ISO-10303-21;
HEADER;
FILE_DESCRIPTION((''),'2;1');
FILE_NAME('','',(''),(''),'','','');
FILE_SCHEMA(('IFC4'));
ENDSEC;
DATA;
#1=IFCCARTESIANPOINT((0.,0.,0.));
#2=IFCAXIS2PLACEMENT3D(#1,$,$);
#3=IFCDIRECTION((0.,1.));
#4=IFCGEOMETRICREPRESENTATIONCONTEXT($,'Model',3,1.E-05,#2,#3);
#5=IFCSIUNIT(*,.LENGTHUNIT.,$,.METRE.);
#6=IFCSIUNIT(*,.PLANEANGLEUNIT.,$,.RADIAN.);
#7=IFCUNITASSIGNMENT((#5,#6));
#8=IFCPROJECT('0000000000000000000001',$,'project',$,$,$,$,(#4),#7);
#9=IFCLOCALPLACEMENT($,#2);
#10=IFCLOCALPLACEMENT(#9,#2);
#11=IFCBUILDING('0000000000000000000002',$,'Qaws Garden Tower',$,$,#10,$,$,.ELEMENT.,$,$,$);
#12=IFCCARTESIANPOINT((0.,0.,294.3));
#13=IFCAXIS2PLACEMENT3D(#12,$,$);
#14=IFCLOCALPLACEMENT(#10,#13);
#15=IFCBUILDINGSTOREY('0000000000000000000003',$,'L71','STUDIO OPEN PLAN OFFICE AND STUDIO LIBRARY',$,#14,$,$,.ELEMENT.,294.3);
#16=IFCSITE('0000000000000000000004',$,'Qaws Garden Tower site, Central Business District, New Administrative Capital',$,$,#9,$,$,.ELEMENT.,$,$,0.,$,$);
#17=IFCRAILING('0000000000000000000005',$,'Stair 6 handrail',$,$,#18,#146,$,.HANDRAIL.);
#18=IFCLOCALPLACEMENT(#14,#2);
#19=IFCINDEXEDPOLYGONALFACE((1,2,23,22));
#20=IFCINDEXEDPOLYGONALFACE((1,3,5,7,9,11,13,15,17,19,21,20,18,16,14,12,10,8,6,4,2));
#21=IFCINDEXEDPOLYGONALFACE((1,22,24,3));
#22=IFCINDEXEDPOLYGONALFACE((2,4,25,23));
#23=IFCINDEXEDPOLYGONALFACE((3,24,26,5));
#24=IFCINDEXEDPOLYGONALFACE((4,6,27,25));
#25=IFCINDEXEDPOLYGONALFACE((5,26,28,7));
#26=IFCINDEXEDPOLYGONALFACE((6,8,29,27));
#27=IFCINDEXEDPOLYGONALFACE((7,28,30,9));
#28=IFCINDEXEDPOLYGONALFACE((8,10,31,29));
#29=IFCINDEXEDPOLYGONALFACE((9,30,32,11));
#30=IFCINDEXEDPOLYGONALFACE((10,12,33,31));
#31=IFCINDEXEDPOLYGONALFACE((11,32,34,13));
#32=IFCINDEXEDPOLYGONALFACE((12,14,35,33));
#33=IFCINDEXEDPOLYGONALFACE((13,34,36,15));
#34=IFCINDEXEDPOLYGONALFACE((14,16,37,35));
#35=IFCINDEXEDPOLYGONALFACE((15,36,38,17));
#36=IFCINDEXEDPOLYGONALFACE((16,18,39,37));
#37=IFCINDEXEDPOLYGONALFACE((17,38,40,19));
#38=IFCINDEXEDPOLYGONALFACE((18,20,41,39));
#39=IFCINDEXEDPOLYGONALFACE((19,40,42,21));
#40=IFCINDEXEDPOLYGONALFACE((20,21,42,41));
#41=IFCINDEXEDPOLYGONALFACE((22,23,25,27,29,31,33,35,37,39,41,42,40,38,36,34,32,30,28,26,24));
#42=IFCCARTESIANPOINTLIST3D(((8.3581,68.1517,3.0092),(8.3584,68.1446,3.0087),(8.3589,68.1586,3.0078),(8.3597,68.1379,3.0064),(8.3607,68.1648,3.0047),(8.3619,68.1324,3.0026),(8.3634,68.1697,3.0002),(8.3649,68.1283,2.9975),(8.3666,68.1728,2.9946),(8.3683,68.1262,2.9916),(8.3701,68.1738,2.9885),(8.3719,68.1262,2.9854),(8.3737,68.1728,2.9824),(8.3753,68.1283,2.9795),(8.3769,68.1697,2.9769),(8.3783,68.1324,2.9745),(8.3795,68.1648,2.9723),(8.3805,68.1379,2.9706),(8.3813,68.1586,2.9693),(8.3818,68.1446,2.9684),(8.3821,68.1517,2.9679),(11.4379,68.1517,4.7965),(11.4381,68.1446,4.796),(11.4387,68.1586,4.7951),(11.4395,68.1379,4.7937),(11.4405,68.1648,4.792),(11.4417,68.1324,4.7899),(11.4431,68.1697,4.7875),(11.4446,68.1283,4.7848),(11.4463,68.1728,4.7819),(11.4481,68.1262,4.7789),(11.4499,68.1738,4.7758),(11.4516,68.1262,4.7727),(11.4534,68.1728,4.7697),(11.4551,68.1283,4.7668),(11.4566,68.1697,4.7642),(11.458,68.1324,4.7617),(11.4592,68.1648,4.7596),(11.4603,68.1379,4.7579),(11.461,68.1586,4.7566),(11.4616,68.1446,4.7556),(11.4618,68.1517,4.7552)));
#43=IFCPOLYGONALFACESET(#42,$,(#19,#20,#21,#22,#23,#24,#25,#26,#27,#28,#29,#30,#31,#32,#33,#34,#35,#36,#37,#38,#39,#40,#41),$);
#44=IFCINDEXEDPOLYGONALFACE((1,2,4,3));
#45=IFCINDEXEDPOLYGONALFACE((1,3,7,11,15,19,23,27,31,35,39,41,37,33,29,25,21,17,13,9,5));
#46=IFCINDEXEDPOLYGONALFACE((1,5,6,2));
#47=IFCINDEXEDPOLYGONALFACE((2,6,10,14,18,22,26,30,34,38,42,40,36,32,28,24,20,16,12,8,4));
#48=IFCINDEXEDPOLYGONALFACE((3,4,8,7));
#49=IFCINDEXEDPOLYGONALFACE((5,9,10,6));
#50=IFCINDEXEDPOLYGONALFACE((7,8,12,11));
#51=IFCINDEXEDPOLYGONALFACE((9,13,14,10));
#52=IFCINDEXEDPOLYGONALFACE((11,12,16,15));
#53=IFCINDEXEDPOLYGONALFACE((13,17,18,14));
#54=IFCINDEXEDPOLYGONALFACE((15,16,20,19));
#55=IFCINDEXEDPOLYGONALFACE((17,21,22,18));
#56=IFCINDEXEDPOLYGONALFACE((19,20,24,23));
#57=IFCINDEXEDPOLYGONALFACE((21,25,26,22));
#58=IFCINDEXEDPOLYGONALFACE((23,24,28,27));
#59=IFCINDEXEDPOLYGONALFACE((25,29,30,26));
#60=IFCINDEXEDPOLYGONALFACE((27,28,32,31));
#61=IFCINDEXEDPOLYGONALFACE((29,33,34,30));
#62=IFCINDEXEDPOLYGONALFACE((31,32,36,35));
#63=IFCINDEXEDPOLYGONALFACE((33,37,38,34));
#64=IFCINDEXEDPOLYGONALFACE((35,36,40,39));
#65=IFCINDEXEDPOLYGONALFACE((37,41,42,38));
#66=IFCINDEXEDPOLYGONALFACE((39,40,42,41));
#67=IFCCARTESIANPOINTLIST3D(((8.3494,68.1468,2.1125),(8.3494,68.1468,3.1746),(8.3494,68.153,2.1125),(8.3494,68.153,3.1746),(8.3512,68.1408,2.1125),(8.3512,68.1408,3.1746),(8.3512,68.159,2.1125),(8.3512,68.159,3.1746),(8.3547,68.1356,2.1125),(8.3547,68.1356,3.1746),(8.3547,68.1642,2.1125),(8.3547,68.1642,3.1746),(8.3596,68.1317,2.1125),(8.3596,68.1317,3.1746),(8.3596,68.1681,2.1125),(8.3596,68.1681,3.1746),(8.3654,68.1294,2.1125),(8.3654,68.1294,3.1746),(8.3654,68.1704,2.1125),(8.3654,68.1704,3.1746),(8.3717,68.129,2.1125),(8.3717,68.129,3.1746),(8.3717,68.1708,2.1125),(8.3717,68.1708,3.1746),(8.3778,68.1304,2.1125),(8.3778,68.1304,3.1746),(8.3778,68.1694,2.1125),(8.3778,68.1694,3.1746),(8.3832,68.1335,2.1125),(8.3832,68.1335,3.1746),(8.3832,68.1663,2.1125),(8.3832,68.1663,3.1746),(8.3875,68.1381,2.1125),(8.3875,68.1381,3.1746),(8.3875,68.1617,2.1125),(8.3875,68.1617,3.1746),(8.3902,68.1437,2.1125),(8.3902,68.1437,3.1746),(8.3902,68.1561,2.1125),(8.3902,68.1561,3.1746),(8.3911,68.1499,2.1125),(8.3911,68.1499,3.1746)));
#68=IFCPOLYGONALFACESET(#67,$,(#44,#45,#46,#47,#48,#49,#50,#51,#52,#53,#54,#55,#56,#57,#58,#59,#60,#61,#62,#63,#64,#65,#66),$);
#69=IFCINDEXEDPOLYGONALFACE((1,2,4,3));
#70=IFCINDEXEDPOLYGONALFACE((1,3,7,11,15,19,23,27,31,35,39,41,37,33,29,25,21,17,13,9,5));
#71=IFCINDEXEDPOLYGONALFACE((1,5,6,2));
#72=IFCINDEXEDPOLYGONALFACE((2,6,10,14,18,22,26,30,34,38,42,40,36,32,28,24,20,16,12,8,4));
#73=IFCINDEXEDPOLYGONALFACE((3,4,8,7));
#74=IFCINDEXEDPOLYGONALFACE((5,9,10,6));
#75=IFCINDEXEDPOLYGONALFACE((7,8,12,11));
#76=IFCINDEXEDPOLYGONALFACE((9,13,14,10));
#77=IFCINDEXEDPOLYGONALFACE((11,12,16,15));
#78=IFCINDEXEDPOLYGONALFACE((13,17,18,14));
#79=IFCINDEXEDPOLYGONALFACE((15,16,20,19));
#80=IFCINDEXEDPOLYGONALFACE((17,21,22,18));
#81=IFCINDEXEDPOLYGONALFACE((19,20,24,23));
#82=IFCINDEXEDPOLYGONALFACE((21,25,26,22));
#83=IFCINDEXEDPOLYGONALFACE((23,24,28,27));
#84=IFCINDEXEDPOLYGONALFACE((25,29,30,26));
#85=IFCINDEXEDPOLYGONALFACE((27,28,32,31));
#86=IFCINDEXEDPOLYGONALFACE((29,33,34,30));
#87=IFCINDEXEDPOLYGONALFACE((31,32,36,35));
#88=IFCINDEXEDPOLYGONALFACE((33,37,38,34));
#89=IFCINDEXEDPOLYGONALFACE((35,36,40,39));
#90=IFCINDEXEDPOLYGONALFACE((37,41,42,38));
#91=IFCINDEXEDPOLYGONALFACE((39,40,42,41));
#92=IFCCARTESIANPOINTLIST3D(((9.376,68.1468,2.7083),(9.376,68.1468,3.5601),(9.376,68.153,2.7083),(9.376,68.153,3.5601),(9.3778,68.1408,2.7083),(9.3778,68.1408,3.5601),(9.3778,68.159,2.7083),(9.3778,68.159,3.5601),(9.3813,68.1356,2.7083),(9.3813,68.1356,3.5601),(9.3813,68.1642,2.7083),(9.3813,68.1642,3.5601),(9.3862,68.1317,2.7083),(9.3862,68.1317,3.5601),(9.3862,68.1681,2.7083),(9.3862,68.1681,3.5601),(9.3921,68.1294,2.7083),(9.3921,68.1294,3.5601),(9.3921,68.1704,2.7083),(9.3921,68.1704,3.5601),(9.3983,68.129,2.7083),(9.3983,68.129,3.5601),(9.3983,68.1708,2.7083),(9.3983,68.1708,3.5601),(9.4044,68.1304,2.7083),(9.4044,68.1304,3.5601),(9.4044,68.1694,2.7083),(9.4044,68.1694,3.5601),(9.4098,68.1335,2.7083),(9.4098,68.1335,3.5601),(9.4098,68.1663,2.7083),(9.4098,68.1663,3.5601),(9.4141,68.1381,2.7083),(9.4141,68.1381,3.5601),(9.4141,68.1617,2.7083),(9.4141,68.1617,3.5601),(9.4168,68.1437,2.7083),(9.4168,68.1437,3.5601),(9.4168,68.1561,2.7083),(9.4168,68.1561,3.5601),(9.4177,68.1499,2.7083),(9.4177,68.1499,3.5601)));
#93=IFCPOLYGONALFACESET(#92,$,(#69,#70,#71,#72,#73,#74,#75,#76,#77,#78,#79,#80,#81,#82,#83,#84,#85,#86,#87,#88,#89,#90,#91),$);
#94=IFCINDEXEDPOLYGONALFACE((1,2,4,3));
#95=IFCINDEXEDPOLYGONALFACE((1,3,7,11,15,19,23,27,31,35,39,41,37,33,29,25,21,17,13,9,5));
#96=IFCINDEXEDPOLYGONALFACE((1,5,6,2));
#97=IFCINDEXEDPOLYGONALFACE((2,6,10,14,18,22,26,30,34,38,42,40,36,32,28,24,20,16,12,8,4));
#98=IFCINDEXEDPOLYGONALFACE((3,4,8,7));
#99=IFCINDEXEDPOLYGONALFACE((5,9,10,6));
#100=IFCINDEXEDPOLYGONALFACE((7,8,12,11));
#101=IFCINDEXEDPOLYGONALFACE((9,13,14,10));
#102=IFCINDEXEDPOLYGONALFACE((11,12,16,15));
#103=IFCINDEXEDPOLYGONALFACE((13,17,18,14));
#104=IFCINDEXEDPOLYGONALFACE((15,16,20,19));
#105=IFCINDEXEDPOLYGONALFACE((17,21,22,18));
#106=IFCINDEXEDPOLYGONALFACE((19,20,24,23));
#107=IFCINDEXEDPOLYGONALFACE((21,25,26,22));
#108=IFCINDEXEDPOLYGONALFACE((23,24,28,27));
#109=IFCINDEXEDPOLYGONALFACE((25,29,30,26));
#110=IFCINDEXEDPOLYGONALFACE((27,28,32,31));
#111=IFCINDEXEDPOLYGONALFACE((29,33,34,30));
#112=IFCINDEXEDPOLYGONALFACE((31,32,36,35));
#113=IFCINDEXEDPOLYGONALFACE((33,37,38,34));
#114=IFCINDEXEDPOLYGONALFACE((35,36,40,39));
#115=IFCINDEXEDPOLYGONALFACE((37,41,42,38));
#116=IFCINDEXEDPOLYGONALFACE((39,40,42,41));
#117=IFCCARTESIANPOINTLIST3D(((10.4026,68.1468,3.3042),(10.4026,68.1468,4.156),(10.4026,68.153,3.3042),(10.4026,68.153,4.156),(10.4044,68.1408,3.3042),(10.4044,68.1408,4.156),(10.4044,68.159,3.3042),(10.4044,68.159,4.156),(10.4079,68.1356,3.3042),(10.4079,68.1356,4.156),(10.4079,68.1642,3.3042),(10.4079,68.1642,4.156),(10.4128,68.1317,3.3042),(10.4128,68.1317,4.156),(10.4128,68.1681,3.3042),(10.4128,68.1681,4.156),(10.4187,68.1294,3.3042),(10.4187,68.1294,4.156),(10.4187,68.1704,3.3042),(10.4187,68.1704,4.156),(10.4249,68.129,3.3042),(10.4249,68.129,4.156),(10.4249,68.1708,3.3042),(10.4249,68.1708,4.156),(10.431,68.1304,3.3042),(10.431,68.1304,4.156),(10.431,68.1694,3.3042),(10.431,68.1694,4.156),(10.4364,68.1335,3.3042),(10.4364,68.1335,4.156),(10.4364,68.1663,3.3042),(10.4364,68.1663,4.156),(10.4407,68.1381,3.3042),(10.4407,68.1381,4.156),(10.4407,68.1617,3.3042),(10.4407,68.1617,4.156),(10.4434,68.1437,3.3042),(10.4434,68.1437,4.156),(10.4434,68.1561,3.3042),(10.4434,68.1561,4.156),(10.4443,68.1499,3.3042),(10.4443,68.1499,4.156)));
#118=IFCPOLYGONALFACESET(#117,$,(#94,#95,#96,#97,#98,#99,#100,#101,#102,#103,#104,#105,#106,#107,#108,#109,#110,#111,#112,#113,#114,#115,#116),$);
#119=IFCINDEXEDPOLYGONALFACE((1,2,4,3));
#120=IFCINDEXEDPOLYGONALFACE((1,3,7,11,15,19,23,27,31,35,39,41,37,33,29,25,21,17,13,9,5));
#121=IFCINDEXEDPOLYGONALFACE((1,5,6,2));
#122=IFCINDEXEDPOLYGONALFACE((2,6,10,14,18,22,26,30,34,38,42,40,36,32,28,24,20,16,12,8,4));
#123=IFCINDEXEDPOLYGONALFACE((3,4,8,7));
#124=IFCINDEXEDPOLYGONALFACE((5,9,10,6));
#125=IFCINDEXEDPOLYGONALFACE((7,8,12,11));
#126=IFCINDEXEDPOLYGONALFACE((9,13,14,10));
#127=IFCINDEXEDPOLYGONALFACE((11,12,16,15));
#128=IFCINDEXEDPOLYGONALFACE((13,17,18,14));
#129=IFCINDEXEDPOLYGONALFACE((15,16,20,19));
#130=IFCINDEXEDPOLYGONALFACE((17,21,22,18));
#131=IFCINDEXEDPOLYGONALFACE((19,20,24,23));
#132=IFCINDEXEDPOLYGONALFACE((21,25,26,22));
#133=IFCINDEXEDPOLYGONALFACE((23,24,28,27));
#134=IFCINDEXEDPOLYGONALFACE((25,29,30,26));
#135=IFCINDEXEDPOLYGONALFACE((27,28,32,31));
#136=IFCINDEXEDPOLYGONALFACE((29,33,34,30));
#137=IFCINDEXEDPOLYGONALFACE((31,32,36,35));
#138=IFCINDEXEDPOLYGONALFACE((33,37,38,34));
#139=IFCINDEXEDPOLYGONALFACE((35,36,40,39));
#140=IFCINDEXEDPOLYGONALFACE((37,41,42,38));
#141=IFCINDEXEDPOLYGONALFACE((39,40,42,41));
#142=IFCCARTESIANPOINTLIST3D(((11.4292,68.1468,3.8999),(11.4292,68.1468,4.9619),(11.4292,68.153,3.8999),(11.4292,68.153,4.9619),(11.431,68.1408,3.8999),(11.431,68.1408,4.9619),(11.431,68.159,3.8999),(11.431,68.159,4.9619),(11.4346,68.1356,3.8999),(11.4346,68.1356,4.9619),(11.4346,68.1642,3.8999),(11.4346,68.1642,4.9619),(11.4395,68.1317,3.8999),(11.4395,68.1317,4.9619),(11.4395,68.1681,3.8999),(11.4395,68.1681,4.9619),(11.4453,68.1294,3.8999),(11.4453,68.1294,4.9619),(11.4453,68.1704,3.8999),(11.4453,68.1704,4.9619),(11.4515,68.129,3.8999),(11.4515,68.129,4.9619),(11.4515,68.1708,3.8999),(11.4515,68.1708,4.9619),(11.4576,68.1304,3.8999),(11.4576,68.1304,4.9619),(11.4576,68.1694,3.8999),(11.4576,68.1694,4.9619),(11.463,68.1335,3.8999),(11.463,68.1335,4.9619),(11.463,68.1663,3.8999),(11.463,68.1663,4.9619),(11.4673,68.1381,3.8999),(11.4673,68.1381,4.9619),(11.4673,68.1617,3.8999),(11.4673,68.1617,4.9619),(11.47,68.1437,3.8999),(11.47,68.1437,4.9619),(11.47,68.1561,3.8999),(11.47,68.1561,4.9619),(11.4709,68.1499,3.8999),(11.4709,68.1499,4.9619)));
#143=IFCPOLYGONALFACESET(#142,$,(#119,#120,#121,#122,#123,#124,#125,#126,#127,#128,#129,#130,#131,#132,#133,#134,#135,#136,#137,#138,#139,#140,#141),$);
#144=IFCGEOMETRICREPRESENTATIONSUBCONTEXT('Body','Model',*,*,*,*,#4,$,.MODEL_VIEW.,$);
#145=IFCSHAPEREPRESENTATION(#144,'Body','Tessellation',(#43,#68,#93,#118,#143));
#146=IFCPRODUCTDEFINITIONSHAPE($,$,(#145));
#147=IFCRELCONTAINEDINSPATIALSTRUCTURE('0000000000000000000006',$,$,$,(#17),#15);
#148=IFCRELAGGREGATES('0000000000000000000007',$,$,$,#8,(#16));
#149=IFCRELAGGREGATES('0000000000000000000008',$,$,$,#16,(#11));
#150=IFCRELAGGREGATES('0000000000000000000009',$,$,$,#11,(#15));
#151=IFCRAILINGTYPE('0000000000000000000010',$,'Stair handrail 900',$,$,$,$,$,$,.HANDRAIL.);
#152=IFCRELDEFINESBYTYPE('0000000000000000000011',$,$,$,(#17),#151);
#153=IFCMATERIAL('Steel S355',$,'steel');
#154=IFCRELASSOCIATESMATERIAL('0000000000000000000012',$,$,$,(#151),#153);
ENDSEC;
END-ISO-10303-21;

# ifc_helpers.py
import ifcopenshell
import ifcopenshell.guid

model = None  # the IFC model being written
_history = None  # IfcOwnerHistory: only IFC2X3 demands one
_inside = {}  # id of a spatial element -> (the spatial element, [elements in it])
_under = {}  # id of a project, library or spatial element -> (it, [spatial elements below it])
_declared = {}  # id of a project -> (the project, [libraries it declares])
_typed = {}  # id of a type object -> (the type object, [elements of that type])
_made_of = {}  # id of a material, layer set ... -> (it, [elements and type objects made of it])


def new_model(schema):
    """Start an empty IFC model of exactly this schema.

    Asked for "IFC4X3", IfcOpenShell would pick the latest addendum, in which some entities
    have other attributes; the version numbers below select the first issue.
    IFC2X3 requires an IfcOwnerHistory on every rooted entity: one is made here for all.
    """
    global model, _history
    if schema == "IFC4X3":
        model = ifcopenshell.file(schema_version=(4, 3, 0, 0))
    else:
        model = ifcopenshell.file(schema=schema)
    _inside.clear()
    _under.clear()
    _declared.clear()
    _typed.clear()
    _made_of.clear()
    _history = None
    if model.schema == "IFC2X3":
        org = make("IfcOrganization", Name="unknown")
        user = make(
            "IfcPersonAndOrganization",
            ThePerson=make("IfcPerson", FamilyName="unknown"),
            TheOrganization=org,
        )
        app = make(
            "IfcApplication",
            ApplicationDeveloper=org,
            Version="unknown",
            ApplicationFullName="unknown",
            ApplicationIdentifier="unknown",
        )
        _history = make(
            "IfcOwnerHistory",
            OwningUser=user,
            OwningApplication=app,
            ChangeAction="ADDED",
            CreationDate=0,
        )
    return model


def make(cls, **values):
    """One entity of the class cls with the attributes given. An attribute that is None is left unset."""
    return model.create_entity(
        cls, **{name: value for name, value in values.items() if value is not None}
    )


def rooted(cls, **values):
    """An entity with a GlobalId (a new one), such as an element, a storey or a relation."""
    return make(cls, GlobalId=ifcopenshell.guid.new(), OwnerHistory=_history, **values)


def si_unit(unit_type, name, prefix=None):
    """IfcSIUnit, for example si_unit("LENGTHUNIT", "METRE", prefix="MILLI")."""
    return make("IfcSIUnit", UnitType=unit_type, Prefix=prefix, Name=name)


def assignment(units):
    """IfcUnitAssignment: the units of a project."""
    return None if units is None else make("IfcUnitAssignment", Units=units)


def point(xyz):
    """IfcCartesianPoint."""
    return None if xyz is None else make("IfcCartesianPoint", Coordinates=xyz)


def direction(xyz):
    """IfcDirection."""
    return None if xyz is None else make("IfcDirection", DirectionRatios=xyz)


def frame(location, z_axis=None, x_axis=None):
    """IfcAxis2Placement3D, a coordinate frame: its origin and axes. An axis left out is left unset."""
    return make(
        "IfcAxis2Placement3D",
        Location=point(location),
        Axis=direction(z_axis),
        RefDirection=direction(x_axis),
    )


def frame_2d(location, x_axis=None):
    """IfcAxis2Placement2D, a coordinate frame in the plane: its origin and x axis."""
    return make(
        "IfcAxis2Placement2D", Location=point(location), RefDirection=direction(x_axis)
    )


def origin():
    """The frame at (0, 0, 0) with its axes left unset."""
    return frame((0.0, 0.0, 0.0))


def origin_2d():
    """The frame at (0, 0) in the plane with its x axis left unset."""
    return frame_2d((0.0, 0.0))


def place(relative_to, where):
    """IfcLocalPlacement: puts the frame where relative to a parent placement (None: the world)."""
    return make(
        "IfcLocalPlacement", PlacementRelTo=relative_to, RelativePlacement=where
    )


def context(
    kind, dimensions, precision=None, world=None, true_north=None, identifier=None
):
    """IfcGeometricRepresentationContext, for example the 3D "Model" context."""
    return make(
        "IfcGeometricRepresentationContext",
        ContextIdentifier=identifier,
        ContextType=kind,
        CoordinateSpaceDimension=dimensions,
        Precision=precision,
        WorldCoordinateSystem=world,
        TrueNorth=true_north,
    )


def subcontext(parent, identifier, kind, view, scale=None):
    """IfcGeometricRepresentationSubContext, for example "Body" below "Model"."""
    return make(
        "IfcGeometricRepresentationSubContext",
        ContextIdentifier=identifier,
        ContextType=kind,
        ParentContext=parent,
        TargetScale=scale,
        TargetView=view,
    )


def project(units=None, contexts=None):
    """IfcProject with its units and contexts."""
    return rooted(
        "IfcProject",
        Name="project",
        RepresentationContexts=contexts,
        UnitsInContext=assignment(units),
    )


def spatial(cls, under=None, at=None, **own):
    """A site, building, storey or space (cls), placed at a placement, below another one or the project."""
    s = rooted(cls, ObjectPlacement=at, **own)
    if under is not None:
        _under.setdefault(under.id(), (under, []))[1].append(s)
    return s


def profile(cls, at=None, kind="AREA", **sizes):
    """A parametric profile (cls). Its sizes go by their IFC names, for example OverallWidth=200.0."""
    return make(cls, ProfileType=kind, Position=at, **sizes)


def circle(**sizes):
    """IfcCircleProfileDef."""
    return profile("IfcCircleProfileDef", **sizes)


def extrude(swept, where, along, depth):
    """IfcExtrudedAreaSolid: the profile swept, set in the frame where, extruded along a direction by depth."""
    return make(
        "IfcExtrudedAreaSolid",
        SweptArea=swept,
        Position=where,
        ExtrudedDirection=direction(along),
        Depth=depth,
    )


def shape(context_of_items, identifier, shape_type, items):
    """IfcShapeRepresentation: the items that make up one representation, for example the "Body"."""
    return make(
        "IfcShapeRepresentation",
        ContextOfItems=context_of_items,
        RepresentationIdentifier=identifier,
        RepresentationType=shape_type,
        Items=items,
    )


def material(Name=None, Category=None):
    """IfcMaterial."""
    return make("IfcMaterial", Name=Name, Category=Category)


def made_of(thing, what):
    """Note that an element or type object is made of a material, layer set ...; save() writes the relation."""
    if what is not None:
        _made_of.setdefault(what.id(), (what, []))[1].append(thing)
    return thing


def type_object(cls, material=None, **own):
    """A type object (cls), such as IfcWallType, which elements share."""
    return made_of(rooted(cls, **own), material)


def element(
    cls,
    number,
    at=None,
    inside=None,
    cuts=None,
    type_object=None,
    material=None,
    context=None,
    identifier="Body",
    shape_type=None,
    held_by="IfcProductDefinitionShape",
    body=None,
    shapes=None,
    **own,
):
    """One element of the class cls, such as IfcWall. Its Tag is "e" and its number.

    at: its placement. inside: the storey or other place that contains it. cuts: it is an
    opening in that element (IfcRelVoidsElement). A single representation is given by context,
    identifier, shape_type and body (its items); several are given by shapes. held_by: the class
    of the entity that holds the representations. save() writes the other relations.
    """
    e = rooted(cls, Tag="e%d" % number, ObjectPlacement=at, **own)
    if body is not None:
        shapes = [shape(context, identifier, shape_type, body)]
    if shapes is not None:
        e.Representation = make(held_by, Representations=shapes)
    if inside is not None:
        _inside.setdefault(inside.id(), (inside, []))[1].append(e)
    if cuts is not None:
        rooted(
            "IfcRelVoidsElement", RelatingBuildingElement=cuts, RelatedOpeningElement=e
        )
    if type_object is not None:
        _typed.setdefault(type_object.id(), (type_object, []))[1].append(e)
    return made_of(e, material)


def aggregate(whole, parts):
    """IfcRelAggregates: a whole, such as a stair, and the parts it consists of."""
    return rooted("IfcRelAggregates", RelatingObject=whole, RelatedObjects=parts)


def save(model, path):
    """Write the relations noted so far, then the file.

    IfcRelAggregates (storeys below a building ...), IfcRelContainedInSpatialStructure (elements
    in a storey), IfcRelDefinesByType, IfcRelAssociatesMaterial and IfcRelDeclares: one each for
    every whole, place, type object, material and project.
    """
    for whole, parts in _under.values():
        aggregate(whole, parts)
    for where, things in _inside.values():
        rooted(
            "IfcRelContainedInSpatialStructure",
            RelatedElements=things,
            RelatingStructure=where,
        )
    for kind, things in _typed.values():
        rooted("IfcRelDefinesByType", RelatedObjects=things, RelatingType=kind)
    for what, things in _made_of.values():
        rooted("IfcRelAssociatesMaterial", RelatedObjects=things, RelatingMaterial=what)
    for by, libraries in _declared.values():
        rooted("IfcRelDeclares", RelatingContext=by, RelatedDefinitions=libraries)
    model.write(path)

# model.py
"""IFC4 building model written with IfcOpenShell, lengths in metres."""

from ifc_helpers import new_model, si_unit, direction, frame, origin, origin_2d, place, context, subcontext, project, spatial, circle, extrude, material, type_object, element, save


model = new_model("IFC4")

# Units and contexts
model_context = context("Model", 3, precision=1e-05, world=origin(), true_north=direction((0.0, 1.0)))
body_context = subcontext(model_context, "Body", "Model", "MODEL_VIEW")
ifc_project = project(units=[si_unit("LENGTHUNIT", "METRE"), si_unit("PLANEANGLEUNIT", "RADIAN")], contexts=[model_context])

# Site, building, storey
site_placement = place(None, origin())
site = spatial("IfcSite", under=ifc_project, at=site_placement, Name="Qaws Garden Tower site, Central Business District, New Administrative Capital", CompositionType="ELEMENT", RefElevation=0.0)
building_placement = place(site_placement, origin())
building = spatial("IfcBuilding", under=site, at=building_placement, Name="Qaws Garden Tower", CompositionType="ELEMENT")
storey_placement = place(building_placement, frame((0.0, 0.0, 294.3)))
storey = spatial("IfcBuildingStorey", under=building, at=storey_placement, Name="L71", Description="STUDIO OPEN PLAN OFFICE AND STUDIO LIBRARY", CompositionType="ELEMENT", Elevation=294.3)

# Railing
ifc_material_1 = material(Name="Steel S355", Category="steel")
railing_type = type_object("IfcRailingType", Name="Stair handrail 900", PredefinedType="HANDRAIL", material=ifc_material_1)
railing_1_placement = place(storey_placement, frame((8.3701, 68.1499, 2.1125)))
element("IfcRailing", 1, at=railing_1_placement, inside=storey, type_object=railing_type, Name="Stair 6 handrail", PredefinedType="HANDRAIL", context=body_context, shape_type="SweptSolid", body=[
    extrude(circle(Radius=0.0239, at=origin_2d()), frame((0.0, 0.0, 0.876), z_axis=(0.864903, 0.0, 0.501939), x_axis=(0.0, 1.0, 0.0)), (0.0, 0.0, 1.0), 3.5608),
    extrude(circle(Radius=0.021, at=origin_2d()), origin(), (0.0, 0.0, 1.0), 1.062),
    extrude(circle(Radius=0.021, at=origin_2d()), frame((1.0266, 0.0, 0.5957)), (0.0, 0.0, 1.0), 0.8518),
    extrude(circle(Radius=0.021, at=origin_2d()), frame((2.0532, 0.0, 1.1917)), (0.0, 0.0, 1.0), 0.8518),
    extrude(circle(Radius=0.021, at=origin_2d()), frame((3.0798, 0.0, 1.7874)), (0.0, 0.0, 1.0), 1.062),
])

save(model, "model.ifc")
